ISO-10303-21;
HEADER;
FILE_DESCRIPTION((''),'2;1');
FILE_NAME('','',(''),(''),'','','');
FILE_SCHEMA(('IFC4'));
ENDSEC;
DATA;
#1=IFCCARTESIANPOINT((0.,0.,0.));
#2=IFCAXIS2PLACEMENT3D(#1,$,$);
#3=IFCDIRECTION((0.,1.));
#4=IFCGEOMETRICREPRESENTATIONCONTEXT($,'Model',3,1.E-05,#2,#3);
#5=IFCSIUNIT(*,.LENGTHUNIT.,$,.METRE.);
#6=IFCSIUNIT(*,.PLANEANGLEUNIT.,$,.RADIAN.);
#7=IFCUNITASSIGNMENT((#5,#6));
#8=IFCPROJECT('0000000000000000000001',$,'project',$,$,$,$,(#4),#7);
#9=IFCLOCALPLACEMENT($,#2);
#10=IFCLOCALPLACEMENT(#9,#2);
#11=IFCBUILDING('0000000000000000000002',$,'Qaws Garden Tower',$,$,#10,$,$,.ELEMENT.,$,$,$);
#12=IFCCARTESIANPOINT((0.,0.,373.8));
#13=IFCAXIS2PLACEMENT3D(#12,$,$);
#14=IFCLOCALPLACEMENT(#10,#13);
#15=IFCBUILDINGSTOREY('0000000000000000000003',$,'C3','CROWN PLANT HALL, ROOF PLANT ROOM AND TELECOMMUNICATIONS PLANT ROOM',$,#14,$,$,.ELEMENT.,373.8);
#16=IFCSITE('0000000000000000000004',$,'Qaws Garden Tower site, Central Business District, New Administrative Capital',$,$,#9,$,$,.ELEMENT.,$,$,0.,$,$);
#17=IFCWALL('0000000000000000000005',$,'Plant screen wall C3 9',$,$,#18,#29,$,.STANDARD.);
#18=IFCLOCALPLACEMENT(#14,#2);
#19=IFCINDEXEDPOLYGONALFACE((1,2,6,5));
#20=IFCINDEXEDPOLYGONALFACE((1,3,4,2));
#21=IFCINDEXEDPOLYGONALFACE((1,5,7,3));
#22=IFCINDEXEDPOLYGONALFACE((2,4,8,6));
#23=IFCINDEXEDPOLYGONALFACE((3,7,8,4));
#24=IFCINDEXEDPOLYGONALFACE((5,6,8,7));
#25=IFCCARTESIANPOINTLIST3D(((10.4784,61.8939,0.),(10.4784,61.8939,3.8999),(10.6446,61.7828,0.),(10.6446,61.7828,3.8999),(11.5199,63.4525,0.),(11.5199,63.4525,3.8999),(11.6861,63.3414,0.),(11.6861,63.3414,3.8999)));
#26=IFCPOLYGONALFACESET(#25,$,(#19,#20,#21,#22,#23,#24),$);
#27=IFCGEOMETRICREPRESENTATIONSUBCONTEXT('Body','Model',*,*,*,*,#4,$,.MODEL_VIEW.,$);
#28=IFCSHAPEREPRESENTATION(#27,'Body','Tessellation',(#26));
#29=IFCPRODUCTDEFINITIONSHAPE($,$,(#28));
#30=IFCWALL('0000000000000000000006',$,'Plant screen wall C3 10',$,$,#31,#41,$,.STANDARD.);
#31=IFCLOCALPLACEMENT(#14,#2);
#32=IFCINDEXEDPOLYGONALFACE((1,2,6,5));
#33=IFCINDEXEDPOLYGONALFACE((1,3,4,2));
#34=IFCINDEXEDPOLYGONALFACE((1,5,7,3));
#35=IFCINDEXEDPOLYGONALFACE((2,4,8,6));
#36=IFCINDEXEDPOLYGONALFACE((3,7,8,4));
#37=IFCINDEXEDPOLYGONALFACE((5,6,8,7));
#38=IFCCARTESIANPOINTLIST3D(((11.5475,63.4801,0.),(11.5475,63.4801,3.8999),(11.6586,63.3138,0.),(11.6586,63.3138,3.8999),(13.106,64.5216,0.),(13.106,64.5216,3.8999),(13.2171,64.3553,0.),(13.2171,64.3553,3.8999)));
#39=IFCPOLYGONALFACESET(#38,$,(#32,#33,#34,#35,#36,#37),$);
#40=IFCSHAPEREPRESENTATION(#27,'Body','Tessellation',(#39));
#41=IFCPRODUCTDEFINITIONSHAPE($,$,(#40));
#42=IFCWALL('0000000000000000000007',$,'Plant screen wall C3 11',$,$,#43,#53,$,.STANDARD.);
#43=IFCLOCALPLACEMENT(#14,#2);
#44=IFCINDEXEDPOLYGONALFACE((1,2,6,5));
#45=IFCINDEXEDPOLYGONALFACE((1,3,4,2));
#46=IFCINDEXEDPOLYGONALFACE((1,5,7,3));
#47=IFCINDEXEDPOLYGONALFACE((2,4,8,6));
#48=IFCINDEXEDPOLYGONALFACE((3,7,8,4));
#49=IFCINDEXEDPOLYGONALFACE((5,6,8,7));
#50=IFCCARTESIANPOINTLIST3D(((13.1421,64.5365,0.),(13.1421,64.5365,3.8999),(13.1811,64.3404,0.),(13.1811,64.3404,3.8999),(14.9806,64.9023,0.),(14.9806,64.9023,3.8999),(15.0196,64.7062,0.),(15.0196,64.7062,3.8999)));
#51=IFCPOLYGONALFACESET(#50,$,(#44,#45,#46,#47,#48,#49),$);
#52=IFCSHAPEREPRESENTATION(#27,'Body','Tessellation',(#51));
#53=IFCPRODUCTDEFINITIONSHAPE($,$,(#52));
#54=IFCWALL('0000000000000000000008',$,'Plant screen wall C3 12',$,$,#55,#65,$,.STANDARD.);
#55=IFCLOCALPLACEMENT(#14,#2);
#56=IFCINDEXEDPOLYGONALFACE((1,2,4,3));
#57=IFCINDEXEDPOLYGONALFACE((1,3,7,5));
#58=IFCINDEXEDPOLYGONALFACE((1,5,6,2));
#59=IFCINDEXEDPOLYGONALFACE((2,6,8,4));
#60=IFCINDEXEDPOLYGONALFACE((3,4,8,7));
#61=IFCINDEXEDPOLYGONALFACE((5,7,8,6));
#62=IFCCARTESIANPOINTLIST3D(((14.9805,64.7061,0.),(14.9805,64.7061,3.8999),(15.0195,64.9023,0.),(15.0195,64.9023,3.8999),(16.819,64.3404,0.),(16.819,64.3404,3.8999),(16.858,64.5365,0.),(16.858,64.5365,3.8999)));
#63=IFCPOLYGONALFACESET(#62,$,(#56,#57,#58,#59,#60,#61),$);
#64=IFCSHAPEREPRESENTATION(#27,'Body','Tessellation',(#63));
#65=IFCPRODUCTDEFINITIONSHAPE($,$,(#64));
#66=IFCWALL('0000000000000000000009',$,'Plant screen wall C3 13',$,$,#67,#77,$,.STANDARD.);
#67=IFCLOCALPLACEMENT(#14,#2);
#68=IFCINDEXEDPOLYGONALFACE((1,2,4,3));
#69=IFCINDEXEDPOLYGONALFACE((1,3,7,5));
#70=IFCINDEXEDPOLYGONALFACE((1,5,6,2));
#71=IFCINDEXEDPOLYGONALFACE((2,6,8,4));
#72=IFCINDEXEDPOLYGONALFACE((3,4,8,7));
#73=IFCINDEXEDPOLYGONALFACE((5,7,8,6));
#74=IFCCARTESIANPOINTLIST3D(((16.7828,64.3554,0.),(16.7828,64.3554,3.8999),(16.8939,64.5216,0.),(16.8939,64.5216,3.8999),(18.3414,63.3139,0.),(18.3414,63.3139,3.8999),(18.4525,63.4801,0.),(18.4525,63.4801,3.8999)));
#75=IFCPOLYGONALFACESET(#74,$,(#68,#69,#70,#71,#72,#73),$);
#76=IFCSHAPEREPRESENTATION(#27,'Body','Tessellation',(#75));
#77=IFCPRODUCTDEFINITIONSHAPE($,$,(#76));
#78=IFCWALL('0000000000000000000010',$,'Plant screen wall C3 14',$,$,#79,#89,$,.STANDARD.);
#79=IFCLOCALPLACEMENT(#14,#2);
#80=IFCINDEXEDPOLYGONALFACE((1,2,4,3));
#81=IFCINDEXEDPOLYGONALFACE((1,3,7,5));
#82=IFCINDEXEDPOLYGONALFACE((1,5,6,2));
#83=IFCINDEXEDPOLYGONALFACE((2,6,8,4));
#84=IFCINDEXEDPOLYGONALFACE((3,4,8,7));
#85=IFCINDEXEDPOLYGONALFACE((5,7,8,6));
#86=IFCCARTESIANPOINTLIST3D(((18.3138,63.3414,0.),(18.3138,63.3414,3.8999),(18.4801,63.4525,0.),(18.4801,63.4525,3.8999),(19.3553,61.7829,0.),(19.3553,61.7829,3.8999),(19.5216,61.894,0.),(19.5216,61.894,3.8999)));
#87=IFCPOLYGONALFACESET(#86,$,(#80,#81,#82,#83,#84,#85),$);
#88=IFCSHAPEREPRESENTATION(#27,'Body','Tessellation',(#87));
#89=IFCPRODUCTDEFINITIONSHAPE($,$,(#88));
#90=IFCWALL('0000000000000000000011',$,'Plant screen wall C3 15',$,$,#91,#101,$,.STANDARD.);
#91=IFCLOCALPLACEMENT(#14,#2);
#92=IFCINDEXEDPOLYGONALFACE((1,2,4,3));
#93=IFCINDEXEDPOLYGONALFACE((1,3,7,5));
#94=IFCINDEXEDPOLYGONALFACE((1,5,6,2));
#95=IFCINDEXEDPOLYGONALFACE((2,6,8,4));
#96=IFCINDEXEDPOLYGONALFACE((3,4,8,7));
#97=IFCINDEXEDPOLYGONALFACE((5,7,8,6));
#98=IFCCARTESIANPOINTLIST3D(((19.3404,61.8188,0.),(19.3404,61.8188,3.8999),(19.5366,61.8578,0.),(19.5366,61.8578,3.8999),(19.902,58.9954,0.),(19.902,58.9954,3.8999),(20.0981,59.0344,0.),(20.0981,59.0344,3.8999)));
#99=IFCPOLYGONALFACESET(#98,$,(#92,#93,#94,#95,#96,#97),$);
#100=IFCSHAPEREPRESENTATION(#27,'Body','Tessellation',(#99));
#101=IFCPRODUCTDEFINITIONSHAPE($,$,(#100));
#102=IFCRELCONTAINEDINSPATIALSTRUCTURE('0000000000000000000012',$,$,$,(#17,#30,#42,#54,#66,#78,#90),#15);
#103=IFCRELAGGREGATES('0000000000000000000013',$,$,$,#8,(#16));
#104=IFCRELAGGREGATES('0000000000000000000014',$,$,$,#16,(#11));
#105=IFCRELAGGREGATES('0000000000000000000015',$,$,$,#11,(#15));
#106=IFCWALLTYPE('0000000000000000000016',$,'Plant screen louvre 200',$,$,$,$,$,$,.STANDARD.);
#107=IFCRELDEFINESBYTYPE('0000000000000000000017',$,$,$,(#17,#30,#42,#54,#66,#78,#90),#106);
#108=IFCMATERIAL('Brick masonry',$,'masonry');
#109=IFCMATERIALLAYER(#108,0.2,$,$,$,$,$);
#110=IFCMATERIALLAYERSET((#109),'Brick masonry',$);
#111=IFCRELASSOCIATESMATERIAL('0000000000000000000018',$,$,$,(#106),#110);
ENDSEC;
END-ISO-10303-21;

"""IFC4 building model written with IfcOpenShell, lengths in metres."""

from ifc_helpers import new_model, si_unit, direction, frame, frame_2d, origin, place, context, subcontext, project, spatial, rectangle, extrude, material, layer, layer_set, type_object, element, save


model = new_model("IFC4")

# Units and contexts
model_context = context("Model", 3, precision=1e-05, world=origin(), true_north=direction((0.0, 1.0)))
body_context = subcontext(model_context, "Body", "Model", "MODEL_VIEW")
ifc_project = project(units=[si_unit("LENGTHUNIT", "METRE"), si_unit("PLANEANGLEUNIT", "RADIAN")], contexts=[model_context])

# Site, building, storey
site_placement = place(None, origin())
site = spatial("IfcSite", under=ifc_project, at=site_placement, Name="Qaws Garden Tower site, Central Business District, New Administrative Capital", CompositionType="ELEMENT", RefElevation=0.0)
building_placement = place(site_placement, origin())
building = spatial("IfcBuilding", under=site, at=building_placement, Name="Qaws Garden Tower", CompositionType="ELEMENT")
storey_placement = place(building_placement, frame((0.0, 0.0, 373.8)))
storey = spatial("IfcBuildingStorey", under=building, at=storey_placement, Name="C3", Description="CROWN PLANT HALL, ROOF PLANT ROOM AND TELECOMMUNICATIONS PLANT ROOM", CompositionType="ELEMENT", Elevation=373.8)

# Walls
ifc_material_1 = material(Name="Brick masonry", Category="masonry")
ifc_layer_1 = layer(ifc_material_1, 0.2)
ifc_layer_set_1 = layer_set([ifc_layer_1], Name="Brick masonry")
wall_type_1 = type_object("IfcWallType", Name="Plant screen louvre 200", PredefinedType="STANDARD", material=ifc_layer_set_1)
for number, where, z_axis, x_axis, name in (
    (1, (10.5615, 61.8384, 0.0), (0.0, 0.0, 1.0), (0.555602, 0.831449, 0.0), "Plant screen wall C3 9"),
    (2, (11.603, 63.397, 0.0), (0.0, 0.0, 1.0), (0.831449, 0.555602, 0.0), "Plant screen wall C3 10"),
    (3, (13.1616, 64.4385, 0.0), (0.0, 0.0, 1.0), (0.980781, 0.195114, 0.0), "Plant screen wall C3 11"),
    (4, (15.0, 64.8042, 0.0), (0.0, 0.0, 1.0), (0.980781, -0.195114, 0.0), "Plant screen wall C3 12"),
    (5, (16.8384, 64.4385, 0.0), (0.0, 0.0, 1.0), (0.831449, -0.555602, 0.0), "Plant screen wall C3 13"),
    (6, (18.397, 63.397, 0.0), (0.0, 0.0, 1.0), (0.555602, -0.831449, 0.0), "Plant screen wall C3 14"),
):
    element("IfcWall", number, at=place(storey_placement, frame(where, z_axis=z_axis, x_axis=x_axis)), inside=storey, type_object=wall_type_1, Name=name, PredefinedType="STANDARD", context=body_context, shape_type="SweptSolid", body=[
        extrude(rectangle(XDim=1.8745, YDim=0.2, at=frame_2d((0.9373, 0.0))), origin(), (0.0, 0.0, 1.0), 3.8999),
    ])
wall_1_placement = place(storey_placement, frame((19.4385, 61.8384, 0.0), z_axis=(0.0, 0.0, 1.0), x_axis=(0.195072, -0.980789, 0.0)))
element("IfcWall", 7, at=wall_1_placement, inside=storey, type_object=wall_type_1, Name="Plant screen wall C3 15", PredefinedType="STANDARD", context=body_context, shape_type="SweptSolid", body=[
    extrude(rectangle(XDim=2.8787, YDim=0.2, at=frame_2d((1.4395, 0.0))), origin(), (0.0, 0.0, 1.0), 3.8999),
])

save(model, "model.ifc")
